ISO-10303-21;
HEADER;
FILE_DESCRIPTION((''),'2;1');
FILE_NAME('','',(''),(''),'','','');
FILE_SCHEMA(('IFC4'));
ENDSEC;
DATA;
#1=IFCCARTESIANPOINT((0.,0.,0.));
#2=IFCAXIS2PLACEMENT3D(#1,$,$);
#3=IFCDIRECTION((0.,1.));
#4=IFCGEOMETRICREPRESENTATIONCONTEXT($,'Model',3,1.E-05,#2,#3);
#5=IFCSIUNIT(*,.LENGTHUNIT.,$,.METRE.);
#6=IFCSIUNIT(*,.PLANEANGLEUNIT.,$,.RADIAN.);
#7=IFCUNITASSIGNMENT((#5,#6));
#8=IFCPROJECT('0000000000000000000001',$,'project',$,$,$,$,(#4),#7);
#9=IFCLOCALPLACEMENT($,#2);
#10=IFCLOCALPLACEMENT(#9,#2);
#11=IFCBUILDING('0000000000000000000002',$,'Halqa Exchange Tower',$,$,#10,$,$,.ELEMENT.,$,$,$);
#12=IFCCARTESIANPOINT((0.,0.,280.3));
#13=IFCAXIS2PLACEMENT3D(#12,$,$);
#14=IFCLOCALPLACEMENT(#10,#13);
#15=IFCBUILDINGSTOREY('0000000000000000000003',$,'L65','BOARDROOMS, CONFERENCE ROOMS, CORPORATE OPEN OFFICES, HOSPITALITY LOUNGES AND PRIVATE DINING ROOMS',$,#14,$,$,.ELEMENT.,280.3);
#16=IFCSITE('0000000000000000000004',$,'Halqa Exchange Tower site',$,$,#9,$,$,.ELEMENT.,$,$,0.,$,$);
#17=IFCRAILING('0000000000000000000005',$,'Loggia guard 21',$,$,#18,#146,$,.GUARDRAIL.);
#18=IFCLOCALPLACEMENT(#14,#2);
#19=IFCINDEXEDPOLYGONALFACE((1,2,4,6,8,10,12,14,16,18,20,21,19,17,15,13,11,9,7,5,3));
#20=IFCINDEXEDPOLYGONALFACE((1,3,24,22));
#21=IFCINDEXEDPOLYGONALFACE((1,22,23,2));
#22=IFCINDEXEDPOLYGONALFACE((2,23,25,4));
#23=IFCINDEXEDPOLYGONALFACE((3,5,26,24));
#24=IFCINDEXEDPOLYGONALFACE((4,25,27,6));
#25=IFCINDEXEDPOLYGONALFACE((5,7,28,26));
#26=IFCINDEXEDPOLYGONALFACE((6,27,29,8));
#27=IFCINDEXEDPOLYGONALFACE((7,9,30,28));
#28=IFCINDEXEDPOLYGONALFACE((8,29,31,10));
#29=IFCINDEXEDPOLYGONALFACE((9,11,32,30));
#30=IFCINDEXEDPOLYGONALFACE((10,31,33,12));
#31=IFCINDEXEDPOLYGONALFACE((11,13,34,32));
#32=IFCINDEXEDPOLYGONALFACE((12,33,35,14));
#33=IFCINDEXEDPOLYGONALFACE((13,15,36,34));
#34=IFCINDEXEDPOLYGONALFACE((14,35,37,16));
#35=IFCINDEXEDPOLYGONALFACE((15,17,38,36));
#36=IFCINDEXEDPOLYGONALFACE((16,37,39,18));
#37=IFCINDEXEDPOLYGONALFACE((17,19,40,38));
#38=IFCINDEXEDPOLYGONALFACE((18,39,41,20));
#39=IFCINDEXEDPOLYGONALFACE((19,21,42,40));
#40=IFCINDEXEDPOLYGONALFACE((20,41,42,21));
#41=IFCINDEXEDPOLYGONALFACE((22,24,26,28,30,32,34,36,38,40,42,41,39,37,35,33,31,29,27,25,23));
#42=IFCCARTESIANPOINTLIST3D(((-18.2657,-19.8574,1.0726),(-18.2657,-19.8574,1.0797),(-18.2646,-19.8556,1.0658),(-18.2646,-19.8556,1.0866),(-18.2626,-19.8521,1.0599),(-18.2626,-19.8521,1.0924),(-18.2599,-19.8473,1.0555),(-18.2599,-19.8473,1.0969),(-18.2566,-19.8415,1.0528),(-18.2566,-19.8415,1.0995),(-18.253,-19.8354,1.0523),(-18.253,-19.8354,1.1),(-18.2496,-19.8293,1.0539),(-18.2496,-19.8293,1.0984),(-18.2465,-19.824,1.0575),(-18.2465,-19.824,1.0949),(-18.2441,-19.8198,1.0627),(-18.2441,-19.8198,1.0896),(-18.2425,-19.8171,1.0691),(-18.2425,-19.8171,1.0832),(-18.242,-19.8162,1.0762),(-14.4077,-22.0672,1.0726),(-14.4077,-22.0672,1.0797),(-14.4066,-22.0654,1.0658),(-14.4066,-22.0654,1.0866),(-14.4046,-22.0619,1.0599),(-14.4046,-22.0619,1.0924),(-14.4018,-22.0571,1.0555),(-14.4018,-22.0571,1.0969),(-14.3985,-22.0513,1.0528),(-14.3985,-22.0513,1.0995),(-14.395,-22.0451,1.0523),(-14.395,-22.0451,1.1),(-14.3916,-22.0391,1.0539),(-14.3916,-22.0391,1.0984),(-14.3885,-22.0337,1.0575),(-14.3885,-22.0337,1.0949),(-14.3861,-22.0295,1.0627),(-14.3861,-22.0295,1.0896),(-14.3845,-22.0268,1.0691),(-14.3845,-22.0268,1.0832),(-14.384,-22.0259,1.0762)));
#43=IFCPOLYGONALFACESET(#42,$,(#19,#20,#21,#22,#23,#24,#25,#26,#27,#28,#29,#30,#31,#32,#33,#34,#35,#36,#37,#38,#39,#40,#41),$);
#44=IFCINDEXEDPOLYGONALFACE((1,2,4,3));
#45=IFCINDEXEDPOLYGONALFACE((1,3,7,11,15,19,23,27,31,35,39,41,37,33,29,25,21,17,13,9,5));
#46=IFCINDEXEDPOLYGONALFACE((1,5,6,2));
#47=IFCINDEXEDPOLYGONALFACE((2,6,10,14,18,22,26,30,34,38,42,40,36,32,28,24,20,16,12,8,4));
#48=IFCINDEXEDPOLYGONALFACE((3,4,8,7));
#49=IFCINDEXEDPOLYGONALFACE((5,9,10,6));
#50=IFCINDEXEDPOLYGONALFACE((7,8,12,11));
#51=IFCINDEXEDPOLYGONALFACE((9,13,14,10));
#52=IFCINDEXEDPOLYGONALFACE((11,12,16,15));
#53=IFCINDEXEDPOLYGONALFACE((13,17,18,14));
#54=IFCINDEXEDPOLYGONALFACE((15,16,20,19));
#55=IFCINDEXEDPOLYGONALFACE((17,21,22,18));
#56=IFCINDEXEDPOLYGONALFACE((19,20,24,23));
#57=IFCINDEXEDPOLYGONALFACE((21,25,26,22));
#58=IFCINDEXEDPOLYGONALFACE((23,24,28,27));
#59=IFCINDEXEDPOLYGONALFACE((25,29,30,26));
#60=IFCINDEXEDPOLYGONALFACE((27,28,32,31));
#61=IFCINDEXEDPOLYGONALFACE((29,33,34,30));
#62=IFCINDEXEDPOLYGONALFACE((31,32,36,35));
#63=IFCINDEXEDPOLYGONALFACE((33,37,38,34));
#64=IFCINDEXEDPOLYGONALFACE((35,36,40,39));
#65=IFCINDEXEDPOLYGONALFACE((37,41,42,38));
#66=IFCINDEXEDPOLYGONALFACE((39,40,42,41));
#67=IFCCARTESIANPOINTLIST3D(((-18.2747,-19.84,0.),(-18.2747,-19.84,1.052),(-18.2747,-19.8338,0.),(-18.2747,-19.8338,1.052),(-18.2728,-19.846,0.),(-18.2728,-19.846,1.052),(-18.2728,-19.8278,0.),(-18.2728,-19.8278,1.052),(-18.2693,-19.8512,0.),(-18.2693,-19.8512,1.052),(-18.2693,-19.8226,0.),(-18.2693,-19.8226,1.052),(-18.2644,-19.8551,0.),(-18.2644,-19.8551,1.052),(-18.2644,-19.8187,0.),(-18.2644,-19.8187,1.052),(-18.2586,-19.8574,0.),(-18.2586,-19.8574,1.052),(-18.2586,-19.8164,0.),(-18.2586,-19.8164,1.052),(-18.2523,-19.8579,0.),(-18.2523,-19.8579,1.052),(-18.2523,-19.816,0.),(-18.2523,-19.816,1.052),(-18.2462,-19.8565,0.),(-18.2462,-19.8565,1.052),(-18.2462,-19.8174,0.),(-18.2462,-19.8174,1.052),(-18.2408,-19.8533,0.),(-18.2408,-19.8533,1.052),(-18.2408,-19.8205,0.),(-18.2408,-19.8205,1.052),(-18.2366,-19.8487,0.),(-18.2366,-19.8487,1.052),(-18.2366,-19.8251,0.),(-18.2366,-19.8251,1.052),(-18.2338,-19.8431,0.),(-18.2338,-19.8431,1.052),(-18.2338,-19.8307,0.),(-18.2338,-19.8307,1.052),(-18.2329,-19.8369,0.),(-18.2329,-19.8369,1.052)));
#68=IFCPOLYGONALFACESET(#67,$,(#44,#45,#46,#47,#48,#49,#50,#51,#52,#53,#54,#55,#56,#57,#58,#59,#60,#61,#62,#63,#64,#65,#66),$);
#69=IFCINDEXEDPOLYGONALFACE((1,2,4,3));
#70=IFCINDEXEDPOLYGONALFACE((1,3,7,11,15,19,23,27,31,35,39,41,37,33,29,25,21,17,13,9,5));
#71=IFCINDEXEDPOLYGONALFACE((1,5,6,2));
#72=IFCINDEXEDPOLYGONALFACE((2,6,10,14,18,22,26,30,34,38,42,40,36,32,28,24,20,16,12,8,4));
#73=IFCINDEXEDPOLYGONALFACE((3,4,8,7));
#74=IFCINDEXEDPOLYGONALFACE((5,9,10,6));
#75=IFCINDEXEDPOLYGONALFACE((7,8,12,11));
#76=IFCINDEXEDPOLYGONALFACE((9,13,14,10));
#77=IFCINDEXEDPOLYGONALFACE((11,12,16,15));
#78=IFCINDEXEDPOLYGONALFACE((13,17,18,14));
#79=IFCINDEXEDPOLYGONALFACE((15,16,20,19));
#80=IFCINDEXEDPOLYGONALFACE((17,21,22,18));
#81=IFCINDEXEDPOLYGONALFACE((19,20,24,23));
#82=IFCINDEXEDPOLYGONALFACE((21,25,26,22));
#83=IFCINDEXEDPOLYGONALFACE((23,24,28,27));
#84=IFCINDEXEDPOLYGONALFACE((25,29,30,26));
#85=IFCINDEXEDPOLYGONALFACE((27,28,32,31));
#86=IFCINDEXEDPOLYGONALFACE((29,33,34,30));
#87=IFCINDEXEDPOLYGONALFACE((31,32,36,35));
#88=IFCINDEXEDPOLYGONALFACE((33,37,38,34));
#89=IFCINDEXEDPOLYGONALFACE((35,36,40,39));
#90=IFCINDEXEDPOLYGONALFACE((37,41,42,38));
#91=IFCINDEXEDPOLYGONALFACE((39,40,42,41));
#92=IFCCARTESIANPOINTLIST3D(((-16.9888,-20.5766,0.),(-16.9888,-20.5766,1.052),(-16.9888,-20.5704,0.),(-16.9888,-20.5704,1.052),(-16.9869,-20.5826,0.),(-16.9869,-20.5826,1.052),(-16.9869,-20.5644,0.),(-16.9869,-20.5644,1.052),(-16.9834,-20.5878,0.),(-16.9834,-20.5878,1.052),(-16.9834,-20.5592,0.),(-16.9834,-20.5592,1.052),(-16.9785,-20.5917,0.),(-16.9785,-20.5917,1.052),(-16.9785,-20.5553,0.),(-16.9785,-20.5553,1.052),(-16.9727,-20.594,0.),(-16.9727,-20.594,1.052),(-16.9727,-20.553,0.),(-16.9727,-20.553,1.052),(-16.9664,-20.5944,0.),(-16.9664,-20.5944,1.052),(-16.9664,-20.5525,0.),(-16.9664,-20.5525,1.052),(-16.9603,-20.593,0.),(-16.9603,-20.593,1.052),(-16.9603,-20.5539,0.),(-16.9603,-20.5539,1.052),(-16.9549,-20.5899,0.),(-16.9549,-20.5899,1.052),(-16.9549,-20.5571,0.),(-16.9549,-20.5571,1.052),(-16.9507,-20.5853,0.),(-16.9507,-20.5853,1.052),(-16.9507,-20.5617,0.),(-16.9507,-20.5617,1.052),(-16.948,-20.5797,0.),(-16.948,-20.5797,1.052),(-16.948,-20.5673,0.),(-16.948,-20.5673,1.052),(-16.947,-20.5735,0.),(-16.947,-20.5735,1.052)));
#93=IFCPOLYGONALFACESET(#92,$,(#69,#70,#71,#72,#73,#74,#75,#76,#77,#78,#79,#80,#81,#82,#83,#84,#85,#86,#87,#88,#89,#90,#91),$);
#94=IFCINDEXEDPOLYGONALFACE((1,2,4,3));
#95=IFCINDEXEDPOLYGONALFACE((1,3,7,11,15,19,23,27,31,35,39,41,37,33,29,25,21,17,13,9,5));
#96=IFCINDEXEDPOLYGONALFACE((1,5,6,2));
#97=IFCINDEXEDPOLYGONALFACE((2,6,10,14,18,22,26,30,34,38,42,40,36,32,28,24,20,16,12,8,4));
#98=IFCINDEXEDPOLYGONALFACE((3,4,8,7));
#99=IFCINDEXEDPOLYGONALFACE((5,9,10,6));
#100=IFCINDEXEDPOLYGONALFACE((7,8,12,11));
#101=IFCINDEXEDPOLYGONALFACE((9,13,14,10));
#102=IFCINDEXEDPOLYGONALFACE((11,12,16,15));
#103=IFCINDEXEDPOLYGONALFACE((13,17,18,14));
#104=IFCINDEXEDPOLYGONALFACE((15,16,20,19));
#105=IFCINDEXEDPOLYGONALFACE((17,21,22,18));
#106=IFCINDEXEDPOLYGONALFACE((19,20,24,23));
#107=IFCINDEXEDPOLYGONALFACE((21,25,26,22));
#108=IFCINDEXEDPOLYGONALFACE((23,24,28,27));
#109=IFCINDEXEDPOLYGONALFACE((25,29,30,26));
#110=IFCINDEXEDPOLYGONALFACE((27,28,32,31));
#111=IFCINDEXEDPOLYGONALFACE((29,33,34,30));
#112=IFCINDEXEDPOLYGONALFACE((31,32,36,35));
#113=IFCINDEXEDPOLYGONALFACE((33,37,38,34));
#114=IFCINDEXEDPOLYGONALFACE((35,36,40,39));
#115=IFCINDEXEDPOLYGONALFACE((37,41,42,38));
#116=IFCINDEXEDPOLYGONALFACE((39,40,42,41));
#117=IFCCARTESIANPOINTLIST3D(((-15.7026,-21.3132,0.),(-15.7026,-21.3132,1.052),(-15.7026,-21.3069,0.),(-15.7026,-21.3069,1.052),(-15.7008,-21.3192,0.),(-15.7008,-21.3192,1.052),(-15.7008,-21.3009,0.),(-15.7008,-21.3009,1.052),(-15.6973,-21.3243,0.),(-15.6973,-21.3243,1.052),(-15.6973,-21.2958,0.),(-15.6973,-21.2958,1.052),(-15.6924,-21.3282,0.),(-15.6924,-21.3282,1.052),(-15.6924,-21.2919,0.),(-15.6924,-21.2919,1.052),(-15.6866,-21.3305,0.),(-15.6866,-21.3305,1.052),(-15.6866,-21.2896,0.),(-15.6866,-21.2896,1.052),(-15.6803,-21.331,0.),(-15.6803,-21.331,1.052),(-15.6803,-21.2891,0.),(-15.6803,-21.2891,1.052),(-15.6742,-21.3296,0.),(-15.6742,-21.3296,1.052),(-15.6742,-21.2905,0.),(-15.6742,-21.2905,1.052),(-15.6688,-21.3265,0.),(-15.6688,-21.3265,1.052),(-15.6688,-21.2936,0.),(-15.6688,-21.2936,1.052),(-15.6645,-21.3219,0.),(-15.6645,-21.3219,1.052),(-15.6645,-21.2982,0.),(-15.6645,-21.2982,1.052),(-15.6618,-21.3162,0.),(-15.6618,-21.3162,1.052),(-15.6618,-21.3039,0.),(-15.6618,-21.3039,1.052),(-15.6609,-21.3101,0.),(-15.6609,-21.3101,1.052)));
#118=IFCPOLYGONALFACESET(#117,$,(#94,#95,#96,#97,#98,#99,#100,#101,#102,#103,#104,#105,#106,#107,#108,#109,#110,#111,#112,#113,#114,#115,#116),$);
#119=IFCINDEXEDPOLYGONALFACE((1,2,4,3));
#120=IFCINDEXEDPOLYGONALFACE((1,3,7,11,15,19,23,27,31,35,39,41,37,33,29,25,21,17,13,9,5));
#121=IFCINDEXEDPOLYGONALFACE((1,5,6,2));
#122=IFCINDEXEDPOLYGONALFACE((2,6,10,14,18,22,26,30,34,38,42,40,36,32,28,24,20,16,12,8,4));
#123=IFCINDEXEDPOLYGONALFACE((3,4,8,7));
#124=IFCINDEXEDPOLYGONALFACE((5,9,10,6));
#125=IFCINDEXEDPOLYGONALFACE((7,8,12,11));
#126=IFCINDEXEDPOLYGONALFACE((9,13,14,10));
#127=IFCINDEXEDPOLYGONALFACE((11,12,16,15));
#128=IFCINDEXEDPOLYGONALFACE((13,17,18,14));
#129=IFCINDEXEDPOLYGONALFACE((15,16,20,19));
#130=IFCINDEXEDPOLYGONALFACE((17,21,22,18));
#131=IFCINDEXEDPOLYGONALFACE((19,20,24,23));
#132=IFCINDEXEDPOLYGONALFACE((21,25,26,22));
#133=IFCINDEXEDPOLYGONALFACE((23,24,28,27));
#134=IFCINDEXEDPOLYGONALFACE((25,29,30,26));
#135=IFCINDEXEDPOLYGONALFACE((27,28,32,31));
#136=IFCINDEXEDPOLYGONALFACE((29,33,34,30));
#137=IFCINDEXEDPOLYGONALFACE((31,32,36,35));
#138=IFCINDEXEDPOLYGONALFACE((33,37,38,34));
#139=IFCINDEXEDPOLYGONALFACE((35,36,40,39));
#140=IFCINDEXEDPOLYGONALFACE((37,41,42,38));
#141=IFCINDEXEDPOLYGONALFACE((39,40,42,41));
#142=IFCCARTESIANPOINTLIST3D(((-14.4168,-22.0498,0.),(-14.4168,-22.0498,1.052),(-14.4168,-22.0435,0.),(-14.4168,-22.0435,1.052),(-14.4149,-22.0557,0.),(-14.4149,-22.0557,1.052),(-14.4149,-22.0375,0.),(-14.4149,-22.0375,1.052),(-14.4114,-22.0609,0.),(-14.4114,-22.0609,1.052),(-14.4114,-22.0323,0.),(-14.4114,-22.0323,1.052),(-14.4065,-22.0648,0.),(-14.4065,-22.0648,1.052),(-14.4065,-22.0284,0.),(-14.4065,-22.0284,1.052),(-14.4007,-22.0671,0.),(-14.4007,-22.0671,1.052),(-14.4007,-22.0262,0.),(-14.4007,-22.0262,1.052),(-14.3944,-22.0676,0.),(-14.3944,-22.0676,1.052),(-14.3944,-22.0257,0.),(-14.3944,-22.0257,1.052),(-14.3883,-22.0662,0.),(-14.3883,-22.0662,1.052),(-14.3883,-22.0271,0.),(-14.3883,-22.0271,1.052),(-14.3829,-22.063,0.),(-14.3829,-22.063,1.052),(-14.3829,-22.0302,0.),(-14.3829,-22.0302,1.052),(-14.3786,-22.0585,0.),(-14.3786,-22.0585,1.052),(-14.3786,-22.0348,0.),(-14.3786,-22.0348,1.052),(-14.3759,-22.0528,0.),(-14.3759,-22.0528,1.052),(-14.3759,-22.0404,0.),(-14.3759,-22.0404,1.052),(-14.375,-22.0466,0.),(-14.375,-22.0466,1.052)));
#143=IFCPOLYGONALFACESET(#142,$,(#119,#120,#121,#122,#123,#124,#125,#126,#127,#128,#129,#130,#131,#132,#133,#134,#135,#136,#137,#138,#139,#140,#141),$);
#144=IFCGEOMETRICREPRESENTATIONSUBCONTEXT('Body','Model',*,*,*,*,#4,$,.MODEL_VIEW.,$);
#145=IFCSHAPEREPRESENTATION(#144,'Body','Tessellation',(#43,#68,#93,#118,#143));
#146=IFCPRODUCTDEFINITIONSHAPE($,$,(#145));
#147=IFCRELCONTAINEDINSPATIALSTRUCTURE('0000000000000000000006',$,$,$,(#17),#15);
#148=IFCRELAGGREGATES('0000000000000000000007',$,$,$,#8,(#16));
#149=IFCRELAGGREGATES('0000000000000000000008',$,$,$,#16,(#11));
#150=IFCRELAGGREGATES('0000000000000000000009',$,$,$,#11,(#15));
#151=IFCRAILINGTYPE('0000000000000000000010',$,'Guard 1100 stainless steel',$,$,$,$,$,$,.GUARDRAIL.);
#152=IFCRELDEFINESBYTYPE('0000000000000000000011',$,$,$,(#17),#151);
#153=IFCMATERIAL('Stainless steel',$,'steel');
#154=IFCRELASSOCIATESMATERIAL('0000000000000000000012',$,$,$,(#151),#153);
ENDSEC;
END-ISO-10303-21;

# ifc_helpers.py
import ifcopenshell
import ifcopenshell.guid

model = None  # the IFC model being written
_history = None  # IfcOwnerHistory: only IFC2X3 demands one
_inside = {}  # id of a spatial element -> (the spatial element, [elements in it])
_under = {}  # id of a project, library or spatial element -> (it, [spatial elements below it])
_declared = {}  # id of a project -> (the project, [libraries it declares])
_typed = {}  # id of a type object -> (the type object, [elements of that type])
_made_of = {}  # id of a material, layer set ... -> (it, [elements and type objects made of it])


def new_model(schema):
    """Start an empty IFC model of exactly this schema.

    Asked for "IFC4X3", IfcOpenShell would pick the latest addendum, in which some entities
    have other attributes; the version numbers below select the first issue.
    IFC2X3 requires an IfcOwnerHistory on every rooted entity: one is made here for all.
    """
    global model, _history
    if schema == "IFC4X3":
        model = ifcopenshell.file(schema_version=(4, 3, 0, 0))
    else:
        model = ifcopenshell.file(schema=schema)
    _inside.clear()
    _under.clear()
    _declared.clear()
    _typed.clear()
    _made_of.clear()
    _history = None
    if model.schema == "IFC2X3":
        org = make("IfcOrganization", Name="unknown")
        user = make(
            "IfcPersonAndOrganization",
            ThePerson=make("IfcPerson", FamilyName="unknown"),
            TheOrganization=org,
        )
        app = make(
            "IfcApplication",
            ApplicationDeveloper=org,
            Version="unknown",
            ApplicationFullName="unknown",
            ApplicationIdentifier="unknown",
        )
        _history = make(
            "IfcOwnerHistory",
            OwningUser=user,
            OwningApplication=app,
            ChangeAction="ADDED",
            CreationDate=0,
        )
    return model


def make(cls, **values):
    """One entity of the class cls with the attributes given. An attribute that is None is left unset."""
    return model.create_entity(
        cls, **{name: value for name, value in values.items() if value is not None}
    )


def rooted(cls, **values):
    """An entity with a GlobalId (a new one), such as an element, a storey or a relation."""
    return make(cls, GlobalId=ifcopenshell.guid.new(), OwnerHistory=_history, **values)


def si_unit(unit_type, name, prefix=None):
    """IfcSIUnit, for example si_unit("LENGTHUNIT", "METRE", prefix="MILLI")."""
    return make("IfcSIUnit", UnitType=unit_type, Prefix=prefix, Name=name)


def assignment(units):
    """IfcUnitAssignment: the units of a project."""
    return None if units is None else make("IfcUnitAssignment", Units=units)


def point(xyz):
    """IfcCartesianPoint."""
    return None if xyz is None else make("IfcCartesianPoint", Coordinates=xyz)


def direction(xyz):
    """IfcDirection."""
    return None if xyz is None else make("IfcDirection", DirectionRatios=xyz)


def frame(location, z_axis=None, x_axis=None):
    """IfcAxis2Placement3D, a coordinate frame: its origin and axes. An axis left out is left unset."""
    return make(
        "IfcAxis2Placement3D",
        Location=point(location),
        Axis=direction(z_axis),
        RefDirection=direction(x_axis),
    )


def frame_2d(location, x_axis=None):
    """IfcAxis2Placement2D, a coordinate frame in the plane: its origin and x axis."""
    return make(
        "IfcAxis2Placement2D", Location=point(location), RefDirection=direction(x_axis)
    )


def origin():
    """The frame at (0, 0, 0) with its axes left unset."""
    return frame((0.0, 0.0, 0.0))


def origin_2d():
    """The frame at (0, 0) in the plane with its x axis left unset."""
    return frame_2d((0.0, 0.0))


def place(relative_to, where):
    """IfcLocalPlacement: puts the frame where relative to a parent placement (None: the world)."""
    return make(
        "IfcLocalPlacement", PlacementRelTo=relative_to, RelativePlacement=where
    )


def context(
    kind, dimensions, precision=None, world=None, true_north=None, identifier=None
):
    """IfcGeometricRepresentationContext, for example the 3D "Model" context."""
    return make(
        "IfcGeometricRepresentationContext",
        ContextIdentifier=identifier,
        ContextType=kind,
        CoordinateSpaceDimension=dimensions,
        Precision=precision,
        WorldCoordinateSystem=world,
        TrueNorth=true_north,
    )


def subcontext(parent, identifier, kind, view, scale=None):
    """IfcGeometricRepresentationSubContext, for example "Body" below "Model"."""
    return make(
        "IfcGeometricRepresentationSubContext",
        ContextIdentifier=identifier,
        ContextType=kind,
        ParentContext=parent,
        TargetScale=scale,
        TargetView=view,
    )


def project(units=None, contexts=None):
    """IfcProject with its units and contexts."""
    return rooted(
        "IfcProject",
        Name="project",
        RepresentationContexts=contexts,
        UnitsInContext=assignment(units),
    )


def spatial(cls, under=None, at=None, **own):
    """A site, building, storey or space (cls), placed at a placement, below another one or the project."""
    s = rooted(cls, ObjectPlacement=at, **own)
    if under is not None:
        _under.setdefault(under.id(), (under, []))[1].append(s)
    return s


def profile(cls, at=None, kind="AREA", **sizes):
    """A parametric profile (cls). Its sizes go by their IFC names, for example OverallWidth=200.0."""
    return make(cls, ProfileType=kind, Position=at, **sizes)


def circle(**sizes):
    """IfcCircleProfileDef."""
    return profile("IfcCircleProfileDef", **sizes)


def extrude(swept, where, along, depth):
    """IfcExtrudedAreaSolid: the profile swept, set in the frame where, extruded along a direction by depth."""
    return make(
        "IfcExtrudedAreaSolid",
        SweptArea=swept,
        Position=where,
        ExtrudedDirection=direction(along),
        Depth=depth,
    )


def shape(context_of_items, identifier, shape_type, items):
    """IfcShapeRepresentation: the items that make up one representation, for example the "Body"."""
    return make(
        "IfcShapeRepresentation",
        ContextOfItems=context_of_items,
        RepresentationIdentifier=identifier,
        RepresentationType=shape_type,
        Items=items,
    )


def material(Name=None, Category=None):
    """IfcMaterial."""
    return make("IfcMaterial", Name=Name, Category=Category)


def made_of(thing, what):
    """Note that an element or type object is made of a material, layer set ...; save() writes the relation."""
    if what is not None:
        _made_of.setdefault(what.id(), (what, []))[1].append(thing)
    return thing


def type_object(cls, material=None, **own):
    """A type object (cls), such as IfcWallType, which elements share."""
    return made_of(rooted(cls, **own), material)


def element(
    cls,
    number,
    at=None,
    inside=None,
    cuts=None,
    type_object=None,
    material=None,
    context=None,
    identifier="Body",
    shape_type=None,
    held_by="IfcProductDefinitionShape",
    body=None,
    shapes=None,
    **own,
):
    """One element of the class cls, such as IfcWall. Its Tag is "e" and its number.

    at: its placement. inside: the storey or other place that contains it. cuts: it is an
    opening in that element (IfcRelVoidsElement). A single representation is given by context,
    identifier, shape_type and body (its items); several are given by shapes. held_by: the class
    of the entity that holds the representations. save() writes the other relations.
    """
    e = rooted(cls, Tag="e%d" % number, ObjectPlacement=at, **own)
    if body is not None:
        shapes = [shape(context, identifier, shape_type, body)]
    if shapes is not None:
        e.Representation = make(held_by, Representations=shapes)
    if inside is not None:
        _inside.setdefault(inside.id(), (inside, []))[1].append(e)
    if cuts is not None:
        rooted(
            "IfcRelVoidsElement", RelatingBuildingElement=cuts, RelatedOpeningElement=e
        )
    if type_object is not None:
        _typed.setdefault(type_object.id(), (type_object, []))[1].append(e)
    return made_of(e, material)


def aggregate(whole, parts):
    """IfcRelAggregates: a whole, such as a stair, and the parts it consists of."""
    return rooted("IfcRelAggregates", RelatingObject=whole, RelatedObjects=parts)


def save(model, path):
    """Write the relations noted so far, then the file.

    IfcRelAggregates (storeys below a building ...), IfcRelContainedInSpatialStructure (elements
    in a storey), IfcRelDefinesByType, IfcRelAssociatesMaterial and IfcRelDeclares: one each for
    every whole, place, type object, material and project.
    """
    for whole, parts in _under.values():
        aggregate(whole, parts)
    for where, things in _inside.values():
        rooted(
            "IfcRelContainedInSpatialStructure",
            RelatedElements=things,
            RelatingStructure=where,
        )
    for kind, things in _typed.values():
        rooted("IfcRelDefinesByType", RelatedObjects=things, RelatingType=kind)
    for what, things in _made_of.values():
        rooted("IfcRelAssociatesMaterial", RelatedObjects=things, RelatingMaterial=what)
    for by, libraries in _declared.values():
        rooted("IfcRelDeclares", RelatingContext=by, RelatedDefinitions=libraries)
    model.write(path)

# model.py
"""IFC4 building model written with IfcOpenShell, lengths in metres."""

from ifc_helpers import new_model, si_unit, direction, frame, origin, origin_2d, place, context, subcontext, project, spatial, circle, extrude, material, type_object, element, save


model = new_model("IFC4")

# Units and contexts
model_context = context("Model", 3, precision=1e-05, world=origin(), true_north=direction((0.0, 1.0)))
body_context = subcontext(model_context, "Body", "Model", "MODEL_VIEW")
ifc_project = project(units=[si_unit("LENGTHUNIT", "METRE"), si_unit("PLANEANGLEUNIT", "RADIAN")], contexts=[model_context])

# Site, building, storey
site_placement = place(None, origin())
site = spatial("IfcSite", under=ifc_project, at=site_placement, Name="Halqa Exchange Tower site", CompositionType="ELEMENT", RefElevation=0.0)
building_placement = place(site_placement, origin())
building = spatial("IfcBuilding", under=site, at=building_placement, Name="Halqa Exchange Tower", CompositionType="ELEMENT")
storey_placement = place(building_placement, frame((0.0, 0.0, 280.3)))
storey = spatial("IfcBuildingStorey", under=building, at=storey_placement, Name="L65", Description="BOARDROOMS, CONFERENCE ROOMS, CORPORATE OPEN OFFICES, HOSPITALITY LOUNGES AND PRIVATE DINING ROOMS", CompositionType="ELEMENT", Elevation=280.3)

# Railing
ifc_material_1 = material(Name="Stainless steel", Category="steel")
railing_type = type_object("IfcRailingType", Name="Guard 1100 stainless steel", PredefinedType="GUARDRAIL", material=ifc_material_1)
railing_1_placement = place(storey_placement, frame((-18.2539, -19.8369, 0.0)))
element("IfcRailing", 1, at=railing_1_placement, inside=storey, type_object=railing_type, Name="Loggia guard 21", PredefinedType="GUARDRAIL", context=body_context, shape_type="SweptSolid", body=[
    extrude(circle(Radius=0.0239, at=origin_2d()), frame((0.0, 0.0, 1.0762), z_axis=(0.867739, -0.49702, 0.0), x_axis=(0.49702, 0.867739, 0.0)), (0.0, 0.0, 1.0), 4.446),
    extrude(circle(Radius=0.021, at=origin_2d()), origin(), (0.0, 0.0, 1.0), 1.052),
    extrude(circle(Radius=0.021, at=origin_2d()), frame((1.2859, -0.7366, 0.0)), (0.0, 0.0, 1.0), 1.052),
    extrude(circle(Radius=0.021, at=origin_2d()), frame((2.572, -1.4731, 0.0)), (0.0, 0.0, 1.0), 1.052),
    extrude(circle(Radius=0.021, at=origin_2d()), frame((3.8579, -2.2097, 0.0)), (0.0, 0.0, 1.0), 1.052),
])

save(model, "model.ifc")
